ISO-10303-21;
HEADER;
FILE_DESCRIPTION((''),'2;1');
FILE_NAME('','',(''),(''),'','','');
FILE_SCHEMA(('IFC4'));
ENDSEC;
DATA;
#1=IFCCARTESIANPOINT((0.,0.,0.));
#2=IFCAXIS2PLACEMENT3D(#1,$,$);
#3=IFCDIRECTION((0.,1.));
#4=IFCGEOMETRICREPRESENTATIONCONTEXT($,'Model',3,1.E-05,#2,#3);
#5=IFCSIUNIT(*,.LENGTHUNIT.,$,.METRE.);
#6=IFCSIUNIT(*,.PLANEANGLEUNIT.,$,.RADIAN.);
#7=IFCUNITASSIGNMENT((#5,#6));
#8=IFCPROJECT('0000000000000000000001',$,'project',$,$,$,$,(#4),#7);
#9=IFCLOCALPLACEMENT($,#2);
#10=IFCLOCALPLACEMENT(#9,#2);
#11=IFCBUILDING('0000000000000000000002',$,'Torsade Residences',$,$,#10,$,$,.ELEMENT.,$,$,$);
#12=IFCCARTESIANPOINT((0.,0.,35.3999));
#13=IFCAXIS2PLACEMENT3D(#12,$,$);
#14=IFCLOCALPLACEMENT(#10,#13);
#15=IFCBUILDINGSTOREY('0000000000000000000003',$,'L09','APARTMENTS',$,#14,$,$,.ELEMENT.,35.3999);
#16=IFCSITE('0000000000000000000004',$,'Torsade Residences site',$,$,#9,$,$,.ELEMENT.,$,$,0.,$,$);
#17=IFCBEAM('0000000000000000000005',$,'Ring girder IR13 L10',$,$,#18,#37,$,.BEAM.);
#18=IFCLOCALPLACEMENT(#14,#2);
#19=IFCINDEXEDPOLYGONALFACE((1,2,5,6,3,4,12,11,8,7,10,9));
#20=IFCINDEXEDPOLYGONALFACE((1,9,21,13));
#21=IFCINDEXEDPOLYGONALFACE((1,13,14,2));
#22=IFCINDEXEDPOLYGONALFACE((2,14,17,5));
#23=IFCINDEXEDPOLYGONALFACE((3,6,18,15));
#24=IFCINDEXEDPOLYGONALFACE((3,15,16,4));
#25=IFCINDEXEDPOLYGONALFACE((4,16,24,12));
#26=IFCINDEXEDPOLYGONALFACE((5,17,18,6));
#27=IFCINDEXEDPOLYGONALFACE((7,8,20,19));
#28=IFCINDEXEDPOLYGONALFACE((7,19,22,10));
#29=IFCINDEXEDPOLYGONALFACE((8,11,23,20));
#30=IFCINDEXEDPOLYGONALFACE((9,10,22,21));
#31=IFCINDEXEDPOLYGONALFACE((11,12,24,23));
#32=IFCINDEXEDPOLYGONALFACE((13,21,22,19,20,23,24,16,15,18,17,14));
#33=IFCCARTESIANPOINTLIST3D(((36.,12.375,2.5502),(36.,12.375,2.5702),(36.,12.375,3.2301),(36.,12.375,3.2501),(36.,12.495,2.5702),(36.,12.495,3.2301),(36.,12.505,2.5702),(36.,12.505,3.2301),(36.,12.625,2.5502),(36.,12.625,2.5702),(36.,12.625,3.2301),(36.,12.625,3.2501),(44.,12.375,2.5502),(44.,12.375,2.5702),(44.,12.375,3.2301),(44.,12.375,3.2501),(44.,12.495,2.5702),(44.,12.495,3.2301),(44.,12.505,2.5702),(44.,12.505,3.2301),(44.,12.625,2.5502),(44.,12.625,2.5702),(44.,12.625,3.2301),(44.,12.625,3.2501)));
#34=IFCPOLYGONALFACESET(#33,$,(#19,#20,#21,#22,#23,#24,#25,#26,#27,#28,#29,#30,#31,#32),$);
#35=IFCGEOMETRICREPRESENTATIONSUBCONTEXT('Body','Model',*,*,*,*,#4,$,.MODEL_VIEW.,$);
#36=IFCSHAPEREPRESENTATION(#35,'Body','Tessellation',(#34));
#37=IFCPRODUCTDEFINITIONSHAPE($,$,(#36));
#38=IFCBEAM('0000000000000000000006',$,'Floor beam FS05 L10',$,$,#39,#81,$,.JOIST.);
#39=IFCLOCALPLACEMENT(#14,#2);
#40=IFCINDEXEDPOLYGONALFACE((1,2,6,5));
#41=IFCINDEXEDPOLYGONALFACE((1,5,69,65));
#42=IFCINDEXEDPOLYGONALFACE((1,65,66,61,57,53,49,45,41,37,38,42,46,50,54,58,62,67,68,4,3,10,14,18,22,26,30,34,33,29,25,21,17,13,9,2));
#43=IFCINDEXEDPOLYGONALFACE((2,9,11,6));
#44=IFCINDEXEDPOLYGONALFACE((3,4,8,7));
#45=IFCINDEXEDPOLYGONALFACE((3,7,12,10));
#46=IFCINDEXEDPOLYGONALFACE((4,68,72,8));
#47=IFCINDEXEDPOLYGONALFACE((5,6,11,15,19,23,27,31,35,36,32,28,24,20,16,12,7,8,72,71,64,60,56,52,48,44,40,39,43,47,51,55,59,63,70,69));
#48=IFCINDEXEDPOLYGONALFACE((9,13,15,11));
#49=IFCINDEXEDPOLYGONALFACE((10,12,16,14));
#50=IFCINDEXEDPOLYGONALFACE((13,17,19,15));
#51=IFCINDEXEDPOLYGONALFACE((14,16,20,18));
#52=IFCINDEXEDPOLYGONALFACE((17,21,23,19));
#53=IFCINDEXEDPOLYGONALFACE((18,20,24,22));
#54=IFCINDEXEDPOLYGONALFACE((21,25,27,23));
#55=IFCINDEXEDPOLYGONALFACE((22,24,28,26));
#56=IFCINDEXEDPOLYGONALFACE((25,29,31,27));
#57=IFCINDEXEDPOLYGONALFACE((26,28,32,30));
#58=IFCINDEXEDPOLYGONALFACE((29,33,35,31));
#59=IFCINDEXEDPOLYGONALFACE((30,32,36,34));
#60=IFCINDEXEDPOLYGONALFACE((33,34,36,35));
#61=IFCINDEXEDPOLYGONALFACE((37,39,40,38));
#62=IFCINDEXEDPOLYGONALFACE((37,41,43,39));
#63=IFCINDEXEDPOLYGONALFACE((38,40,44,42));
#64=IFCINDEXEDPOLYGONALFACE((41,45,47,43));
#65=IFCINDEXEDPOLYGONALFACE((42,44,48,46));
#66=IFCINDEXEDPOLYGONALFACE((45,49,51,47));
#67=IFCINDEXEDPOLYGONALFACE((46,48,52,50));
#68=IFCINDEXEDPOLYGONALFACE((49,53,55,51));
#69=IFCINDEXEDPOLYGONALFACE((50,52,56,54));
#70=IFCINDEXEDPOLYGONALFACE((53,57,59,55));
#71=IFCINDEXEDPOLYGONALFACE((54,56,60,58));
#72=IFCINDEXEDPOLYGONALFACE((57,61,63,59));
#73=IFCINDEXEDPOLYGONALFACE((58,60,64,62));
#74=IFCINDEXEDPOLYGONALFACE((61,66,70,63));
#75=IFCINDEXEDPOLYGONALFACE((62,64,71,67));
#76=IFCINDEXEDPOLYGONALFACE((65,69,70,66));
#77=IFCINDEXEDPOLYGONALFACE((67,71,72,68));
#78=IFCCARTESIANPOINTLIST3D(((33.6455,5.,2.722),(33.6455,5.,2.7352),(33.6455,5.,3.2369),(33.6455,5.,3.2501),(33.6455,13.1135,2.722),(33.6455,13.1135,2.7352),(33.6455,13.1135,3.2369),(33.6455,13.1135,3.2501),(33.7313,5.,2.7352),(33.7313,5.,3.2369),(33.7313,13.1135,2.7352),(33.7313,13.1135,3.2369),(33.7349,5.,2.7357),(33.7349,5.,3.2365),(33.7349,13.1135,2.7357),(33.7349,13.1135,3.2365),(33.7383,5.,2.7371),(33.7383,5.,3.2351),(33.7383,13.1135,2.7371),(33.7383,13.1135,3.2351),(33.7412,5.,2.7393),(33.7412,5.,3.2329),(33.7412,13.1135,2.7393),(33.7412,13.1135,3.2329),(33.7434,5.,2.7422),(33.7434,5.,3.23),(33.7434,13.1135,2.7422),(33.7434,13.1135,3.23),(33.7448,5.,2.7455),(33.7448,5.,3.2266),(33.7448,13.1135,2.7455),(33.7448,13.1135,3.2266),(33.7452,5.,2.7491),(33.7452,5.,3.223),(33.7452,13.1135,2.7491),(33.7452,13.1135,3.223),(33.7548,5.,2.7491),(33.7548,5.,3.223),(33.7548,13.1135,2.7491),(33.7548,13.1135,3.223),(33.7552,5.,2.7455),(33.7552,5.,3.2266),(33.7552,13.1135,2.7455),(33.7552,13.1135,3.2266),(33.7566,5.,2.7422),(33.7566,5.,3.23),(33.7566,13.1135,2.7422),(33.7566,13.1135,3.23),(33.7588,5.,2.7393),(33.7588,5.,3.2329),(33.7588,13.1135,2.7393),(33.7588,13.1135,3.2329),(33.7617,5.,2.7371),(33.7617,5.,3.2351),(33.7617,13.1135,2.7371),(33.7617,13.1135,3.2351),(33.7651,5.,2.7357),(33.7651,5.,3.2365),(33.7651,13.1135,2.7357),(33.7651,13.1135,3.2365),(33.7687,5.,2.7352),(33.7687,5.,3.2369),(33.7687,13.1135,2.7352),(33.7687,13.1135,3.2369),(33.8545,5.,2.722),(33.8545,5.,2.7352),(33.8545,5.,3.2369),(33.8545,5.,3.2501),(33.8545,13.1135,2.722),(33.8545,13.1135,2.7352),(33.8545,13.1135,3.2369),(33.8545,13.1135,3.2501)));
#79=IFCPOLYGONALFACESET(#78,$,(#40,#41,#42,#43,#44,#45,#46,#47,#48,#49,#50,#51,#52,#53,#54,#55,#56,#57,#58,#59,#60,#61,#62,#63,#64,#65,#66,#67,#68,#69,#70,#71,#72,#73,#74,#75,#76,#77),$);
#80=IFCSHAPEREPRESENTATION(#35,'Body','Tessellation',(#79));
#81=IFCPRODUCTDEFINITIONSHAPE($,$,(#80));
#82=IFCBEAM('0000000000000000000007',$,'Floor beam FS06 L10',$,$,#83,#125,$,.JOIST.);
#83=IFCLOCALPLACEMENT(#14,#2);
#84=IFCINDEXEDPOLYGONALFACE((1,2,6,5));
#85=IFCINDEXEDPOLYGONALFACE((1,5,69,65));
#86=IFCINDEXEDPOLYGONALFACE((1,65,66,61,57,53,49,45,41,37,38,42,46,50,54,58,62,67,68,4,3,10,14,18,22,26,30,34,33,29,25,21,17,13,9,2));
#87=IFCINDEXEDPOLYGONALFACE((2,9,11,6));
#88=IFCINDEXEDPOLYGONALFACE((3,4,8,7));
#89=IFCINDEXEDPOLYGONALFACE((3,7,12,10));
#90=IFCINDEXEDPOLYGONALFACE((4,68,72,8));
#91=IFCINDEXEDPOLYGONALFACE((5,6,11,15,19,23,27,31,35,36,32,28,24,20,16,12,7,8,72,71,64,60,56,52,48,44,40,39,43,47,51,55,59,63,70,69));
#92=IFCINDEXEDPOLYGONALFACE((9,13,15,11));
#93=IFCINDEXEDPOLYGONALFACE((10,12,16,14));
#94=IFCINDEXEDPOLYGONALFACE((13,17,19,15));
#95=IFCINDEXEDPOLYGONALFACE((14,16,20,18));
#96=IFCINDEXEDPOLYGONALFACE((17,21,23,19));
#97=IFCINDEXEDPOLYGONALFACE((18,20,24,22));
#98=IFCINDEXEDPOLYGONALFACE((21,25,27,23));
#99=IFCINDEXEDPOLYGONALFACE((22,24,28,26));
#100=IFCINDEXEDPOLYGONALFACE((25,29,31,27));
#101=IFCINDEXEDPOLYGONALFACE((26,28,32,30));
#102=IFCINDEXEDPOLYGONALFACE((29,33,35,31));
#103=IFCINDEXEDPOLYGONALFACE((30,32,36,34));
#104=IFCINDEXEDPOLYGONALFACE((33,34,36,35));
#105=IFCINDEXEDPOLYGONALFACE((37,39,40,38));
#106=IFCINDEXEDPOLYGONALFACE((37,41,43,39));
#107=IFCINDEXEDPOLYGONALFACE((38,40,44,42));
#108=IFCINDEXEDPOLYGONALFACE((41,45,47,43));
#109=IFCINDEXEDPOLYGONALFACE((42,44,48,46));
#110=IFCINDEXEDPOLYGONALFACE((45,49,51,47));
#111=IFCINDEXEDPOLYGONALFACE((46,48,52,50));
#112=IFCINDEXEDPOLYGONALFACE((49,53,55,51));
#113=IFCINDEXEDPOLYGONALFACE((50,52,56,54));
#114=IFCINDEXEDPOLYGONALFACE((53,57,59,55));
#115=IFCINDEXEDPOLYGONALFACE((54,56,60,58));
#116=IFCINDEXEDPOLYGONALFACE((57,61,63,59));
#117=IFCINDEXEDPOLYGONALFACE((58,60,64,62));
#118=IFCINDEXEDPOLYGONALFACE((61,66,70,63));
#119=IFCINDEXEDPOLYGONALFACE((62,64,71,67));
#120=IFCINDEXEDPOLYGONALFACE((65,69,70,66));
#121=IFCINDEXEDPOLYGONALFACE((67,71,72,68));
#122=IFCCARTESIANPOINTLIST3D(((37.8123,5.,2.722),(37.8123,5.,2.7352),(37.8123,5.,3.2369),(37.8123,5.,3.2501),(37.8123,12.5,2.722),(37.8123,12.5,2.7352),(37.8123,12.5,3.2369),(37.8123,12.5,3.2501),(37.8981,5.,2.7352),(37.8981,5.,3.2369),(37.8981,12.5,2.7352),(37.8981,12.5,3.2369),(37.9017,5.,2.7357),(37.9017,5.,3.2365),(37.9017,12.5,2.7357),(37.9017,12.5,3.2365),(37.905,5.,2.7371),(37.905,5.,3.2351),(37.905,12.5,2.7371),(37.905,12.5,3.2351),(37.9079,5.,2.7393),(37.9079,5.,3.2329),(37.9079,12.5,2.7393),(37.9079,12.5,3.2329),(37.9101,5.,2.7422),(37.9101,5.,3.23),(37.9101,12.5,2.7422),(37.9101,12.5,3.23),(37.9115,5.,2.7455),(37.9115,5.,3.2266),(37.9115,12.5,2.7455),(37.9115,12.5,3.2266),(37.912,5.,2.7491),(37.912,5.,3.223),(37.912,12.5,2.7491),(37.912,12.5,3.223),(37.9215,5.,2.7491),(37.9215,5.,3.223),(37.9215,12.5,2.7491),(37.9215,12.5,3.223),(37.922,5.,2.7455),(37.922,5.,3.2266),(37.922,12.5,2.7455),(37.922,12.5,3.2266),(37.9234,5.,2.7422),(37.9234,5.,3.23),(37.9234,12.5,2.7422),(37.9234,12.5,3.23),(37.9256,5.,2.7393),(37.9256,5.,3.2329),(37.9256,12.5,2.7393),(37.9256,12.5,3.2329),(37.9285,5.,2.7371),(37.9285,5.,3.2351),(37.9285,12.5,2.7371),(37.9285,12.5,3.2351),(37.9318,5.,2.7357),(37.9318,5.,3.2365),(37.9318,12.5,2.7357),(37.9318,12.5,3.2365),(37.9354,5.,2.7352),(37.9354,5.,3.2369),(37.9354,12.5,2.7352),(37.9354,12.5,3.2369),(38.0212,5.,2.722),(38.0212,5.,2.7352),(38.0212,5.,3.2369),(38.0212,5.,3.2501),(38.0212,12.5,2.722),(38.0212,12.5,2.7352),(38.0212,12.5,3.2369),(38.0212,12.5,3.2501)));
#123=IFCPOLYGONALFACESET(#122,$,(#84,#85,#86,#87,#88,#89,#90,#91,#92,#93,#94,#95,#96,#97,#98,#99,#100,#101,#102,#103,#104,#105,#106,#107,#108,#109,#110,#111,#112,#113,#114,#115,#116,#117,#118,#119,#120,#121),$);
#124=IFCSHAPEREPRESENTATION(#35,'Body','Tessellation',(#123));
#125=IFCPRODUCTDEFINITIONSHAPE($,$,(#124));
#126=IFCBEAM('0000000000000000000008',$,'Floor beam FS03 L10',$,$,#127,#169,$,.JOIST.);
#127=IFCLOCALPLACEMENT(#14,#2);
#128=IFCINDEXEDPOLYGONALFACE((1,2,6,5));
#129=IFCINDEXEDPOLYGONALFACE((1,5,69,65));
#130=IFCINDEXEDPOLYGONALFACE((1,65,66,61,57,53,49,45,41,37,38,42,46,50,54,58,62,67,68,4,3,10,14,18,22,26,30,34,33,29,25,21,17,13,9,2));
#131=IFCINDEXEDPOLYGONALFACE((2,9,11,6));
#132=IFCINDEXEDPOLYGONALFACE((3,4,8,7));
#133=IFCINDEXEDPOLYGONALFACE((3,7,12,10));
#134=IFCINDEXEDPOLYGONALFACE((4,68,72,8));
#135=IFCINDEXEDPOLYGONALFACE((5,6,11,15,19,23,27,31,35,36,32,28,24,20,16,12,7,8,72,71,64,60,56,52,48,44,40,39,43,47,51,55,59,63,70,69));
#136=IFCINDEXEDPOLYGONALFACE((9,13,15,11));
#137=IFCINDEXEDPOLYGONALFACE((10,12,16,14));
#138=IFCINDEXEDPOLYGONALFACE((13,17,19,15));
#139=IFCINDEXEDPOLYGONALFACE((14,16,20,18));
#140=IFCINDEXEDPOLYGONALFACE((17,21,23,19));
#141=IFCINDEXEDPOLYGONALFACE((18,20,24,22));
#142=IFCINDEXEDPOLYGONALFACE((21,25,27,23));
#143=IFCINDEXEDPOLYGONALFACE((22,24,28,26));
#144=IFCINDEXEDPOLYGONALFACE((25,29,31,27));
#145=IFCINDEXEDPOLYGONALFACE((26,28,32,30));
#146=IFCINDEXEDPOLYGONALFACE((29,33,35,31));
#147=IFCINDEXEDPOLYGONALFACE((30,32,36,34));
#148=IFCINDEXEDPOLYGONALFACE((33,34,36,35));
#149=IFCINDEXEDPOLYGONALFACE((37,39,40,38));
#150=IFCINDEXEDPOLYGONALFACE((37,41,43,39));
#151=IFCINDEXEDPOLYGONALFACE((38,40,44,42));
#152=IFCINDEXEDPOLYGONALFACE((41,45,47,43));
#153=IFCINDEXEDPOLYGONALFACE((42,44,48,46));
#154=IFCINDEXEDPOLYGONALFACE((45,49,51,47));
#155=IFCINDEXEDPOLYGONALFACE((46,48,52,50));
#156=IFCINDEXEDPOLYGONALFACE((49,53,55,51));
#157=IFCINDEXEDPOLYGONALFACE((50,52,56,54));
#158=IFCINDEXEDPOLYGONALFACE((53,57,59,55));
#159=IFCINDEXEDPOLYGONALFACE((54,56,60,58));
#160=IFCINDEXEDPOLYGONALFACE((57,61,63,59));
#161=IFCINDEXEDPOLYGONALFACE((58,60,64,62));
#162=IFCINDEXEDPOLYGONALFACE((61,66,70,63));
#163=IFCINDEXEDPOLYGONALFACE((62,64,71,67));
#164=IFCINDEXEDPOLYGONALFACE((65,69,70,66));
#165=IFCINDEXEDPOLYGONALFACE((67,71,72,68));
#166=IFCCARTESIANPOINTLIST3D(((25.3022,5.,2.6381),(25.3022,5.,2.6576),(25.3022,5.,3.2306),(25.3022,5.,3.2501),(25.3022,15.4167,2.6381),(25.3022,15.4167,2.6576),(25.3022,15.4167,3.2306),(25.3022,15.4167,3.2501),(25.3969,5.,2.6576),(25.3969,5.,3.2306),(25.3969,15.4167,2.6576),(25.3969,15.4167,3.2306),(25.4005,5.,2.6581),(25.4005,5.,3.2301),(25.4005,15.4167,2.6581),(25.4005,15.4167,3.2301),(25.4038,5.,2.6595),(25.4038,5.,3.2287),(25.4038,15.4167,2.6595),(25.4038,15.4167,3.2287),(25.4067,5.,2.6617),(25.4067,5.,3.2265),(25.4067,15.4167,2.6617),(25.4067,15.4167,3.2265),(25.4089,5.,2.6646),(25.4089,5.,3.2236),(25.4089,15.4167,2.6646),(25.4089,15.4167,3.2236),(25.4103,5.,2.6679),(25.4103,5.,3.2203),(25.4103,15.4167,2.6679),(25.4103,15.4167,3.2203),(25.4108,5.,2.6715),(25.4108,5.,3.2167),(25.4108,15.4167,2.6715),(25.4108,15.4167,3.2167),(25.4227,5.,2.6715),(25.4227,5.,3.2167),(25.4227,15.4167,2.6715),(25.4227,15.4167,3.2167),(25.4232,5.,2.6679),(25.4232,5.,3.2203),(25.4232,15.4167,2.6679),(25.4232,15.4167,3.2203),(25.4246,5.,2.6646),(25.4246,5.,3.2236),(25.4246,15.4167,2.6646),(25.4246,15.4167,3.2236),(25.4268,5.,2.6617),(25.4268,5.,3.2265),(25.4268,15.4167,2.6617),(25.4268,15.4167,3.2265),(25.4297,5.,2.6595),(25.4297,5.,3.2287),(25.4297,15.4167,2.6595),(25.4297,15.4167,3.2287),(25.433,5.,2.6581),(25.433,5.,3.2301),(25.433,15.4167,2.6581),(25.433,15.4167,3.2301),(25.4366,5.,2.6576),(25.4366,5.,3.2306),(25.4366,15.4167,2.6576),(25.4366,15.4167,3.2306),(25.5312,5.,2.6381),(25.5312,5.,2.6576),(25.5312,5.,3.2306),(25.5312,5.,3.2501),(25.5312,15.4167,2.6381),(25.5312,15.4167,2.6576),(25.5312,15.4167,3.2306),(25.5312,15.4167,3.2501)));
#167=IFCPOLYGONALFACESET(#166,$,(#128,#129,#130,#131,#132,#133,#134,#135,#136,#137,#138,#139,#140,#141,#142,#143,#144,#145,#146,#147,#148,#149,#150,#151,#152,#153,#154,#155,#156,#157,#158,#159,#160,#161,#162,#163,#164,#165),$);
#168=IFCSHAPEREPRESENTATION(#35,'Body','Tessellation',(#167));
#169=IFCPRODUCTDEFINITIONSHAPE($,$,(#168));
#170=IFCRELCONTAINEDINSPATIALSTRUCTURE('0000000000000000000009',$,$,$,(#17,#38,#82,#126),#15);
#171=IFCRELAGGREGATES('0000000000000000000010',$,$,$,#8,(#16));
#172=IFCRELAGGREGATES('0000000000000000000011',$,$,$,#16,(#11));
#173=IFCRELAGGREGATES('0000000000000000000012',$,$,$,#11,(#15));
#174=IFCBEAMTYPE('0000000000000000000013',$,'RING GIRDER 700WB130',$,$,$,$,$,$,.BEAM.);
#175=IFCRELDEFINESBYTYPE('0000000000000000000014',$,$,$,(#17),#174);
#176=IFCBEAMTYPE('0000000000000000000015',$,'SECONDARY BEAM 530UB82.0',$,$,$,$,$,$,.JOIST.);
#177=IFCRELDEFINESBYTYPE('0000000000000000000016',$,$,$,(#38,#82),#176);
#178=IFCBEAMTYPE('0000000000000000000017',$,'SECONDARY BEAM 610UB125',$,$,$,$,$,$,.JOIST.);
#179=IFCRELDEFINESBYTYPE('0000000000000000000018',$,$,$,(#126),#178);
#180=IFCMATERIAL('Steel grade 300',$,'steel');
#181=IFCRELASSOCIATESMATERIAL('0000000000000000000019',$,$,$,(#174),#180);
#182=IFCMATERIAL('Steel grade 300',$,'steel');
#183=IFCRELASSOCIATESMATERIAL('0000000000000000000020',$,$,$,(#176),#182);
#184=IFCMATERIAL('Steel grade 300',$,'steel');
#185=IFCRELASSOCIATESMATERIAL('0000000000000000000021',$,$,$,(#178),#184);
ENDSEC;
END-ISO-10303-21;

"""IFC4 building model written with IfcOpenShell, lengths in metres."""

from ifc_helpers import new_model, si_unit, direction, frame, origin, origin_2d, place, context, subcontext, project, spatial, i_section, extrude, material, material_profile, profile_set, type_object, element, save


model = new_model("IFC4")

# Units and contexts
model_context = context("Model", 3, precision=1e-05, world=origin(), true_north=direction((0.0, 1.0)))
body_context = subcontext(model_context, "Body", "Model", "MODEL_VIEW")
ifc_project = project(units=[si_unit("LENGTHUNIT", "METRE"), si_unit("PLANEANGLEUNIT", "RADIAN")], contexts=[model_context])

# Site, building, storey
site_placement = place(None, origin())
site = spatial("IfcSite", under=ifc_project, at=site_placement, Name="Torsade Residences site", CompositionType="ELEMENT", RefElevation=0.0)
building_placement = place(site_placement, origin())
building = spatial("IfcBuilding", under=site, at=building_placement, Name="Torsade Residences", CompositionType="ELEMENT")
storey_placement = place(building_placement, frame((0.0, 0.0, 35.3999)))
storey = spatial("IfcBuildingStorey", under=building, at=storey_placement, Name="L09", Description="APARTMENTS", CompositionType="ELEMENT", Elevation=35.3999)

# Beams
ifc_material_1 = material(Name="Steel grade 300", Category="steel")
ifc_material_profile_1 = material_profile(ifc_material_1, i_section(OverallWidth=0.25, OverallDepth=0.7, WebThickness=0.01, FlangeThickness=0.02, at=origin_2d()), Name="700WB130")
ifc_profile_set_1 = profile_set([ifc_material_profile_1], Name="Steel grade 300")
beam_type_1 = type_object("IfcBeamType", Name="RING GIRDER 700WB130", PredefinedType="BEAM", material=ifc_profile_set_1)
beam_1_placement = place(storey_placement, frame((36.0, 12.5, 2.9001), z_axis=(1.0, 0.0, 0.0), x_axis=(0.0, 1.0, 0.0)))
element("IfcBeam", 1, at=beam_1_placement, inside=storey, type_object=beam_type_1, Name="Ring girder IR13 L10", PredefinedType="BEAM", context=body_context, shape_type="SweptSolid", body=[
    extrude(i_section(OverallWidth=0.25, OverallDepth=0.7, WebThickness=0.01, FlangeThickness=0.02, at=origin_2d()), origin(), (0.0, 0.0, 1.0), 8.0),
])
ifc_material_2 = material(Name="Steel grade 300", Category="steel")
ifc_material_profile_2 = material_profile(ifc_material_2, i_section(OverallWidth=0.209, OverallDepth=0.5281, WebThickness=0.0095, FlangeThickness=0.0132, FilletRadius=0.0139, at=origin_2d()), Name="530UB82.0")
ifc_profile_set_2 = profile_set([ifc_material_profile_2], Name="Steel grade 300")
beam_type_2 = type_object("IfcBeamType", Name="SECONDARY BEAM 530UB82.0", PredefinedType="JOIST", material=ifc_profile_set_2)
beam_2_placement = place(storey_placement, frame((33.75, 5.0, 2.9861), z_axis=(0.0, 1.0, 0.0), x_axis=(-1.0, 0.0, 0.0)))
element("IfcBeam", 2, at=beam_2_placement, inside=storey, type_object=beam_type_2, Name="Floor beam FS05 L10", PredefinedType="JOIST", context=body_context, shape_type="SweptSolid", body=[
    extrude(i_section(OverallWidth=0.209, OverallDepth=0.5281, WebThickness=0.0095, FlangeThickness=0.0132, FilletRadius=0.0139, at=origin_2d()), origin(), (0.0, 0.0, 1.0), 8.1135),
])
beam_3_placement = place(storey_placement, frame((37.9167, 5.0, 2.9861), z_axis=(0.0, 1.0, 0.0), x_axis=(-1.0, 0.0, 0.0)))
element("IfcBeam", 3, at=beam_3_placement, inside=storey, type_object=beam_type_2, Name="Floor beam FS06 L10", PredefinedType="JOIST", context=body_context, shape_type="SweptSolid", body=[
    extrude(i_section(OverallWidth=0.209, OverallDepth=0.5281, WebThickness=0.0095, FlangeThickness=0.0132, FilletRadius=0.0139, at=origin_2d()), origin(), (0.0, 0.0, 1.0), 7.5),
])
ifc_material_3 = material(Name="Steel grade 300", Category="steel")
ifc_material_profile_3 = material_profile(ifc_material_3, i_section(OverallWidth=0.229, OverallDepth=0.6121, WebThickness=0.012, FlangeThickness=0.0195, FilletRadius=0.0139, at=origin_2d()), Name="610UB125")
ifc_profile_set_3 = profile_set([ifc_material_profile_3], Name="Steel grade 300")
beam_type_3 = type_object("IfcBeamType", Name="SECONDARY BEAM 610UB125", PredefinedType="JOIST", material=ifc_profile_set_3)
beam_4_placement = place(storey_placement, frame((25.4167, 5.0, 2.9441), z_axis=(0.0, 1.0, 0.0), x_axis=(-1.0, 0.0, 0.0)))
element("IfcBeam", 4, at=beam_4_placement, inside=storey, type_object=beam_type_3, Name="Floor beam FS03 L10", PredefinedType="JOIST", context=body_context, shape_type="SweptSolid", body=[
    extrude(i_section(OverallWidth=0.229, OverallDepth=0.6121, WebThickness=0.012, FlangeThickness=0.0195, FilletRadius=0.0139, at=origin_2d()), origin(), (0.0, 0.0, 1.0), 10.4167),
])

save(model, "model.ifc")
